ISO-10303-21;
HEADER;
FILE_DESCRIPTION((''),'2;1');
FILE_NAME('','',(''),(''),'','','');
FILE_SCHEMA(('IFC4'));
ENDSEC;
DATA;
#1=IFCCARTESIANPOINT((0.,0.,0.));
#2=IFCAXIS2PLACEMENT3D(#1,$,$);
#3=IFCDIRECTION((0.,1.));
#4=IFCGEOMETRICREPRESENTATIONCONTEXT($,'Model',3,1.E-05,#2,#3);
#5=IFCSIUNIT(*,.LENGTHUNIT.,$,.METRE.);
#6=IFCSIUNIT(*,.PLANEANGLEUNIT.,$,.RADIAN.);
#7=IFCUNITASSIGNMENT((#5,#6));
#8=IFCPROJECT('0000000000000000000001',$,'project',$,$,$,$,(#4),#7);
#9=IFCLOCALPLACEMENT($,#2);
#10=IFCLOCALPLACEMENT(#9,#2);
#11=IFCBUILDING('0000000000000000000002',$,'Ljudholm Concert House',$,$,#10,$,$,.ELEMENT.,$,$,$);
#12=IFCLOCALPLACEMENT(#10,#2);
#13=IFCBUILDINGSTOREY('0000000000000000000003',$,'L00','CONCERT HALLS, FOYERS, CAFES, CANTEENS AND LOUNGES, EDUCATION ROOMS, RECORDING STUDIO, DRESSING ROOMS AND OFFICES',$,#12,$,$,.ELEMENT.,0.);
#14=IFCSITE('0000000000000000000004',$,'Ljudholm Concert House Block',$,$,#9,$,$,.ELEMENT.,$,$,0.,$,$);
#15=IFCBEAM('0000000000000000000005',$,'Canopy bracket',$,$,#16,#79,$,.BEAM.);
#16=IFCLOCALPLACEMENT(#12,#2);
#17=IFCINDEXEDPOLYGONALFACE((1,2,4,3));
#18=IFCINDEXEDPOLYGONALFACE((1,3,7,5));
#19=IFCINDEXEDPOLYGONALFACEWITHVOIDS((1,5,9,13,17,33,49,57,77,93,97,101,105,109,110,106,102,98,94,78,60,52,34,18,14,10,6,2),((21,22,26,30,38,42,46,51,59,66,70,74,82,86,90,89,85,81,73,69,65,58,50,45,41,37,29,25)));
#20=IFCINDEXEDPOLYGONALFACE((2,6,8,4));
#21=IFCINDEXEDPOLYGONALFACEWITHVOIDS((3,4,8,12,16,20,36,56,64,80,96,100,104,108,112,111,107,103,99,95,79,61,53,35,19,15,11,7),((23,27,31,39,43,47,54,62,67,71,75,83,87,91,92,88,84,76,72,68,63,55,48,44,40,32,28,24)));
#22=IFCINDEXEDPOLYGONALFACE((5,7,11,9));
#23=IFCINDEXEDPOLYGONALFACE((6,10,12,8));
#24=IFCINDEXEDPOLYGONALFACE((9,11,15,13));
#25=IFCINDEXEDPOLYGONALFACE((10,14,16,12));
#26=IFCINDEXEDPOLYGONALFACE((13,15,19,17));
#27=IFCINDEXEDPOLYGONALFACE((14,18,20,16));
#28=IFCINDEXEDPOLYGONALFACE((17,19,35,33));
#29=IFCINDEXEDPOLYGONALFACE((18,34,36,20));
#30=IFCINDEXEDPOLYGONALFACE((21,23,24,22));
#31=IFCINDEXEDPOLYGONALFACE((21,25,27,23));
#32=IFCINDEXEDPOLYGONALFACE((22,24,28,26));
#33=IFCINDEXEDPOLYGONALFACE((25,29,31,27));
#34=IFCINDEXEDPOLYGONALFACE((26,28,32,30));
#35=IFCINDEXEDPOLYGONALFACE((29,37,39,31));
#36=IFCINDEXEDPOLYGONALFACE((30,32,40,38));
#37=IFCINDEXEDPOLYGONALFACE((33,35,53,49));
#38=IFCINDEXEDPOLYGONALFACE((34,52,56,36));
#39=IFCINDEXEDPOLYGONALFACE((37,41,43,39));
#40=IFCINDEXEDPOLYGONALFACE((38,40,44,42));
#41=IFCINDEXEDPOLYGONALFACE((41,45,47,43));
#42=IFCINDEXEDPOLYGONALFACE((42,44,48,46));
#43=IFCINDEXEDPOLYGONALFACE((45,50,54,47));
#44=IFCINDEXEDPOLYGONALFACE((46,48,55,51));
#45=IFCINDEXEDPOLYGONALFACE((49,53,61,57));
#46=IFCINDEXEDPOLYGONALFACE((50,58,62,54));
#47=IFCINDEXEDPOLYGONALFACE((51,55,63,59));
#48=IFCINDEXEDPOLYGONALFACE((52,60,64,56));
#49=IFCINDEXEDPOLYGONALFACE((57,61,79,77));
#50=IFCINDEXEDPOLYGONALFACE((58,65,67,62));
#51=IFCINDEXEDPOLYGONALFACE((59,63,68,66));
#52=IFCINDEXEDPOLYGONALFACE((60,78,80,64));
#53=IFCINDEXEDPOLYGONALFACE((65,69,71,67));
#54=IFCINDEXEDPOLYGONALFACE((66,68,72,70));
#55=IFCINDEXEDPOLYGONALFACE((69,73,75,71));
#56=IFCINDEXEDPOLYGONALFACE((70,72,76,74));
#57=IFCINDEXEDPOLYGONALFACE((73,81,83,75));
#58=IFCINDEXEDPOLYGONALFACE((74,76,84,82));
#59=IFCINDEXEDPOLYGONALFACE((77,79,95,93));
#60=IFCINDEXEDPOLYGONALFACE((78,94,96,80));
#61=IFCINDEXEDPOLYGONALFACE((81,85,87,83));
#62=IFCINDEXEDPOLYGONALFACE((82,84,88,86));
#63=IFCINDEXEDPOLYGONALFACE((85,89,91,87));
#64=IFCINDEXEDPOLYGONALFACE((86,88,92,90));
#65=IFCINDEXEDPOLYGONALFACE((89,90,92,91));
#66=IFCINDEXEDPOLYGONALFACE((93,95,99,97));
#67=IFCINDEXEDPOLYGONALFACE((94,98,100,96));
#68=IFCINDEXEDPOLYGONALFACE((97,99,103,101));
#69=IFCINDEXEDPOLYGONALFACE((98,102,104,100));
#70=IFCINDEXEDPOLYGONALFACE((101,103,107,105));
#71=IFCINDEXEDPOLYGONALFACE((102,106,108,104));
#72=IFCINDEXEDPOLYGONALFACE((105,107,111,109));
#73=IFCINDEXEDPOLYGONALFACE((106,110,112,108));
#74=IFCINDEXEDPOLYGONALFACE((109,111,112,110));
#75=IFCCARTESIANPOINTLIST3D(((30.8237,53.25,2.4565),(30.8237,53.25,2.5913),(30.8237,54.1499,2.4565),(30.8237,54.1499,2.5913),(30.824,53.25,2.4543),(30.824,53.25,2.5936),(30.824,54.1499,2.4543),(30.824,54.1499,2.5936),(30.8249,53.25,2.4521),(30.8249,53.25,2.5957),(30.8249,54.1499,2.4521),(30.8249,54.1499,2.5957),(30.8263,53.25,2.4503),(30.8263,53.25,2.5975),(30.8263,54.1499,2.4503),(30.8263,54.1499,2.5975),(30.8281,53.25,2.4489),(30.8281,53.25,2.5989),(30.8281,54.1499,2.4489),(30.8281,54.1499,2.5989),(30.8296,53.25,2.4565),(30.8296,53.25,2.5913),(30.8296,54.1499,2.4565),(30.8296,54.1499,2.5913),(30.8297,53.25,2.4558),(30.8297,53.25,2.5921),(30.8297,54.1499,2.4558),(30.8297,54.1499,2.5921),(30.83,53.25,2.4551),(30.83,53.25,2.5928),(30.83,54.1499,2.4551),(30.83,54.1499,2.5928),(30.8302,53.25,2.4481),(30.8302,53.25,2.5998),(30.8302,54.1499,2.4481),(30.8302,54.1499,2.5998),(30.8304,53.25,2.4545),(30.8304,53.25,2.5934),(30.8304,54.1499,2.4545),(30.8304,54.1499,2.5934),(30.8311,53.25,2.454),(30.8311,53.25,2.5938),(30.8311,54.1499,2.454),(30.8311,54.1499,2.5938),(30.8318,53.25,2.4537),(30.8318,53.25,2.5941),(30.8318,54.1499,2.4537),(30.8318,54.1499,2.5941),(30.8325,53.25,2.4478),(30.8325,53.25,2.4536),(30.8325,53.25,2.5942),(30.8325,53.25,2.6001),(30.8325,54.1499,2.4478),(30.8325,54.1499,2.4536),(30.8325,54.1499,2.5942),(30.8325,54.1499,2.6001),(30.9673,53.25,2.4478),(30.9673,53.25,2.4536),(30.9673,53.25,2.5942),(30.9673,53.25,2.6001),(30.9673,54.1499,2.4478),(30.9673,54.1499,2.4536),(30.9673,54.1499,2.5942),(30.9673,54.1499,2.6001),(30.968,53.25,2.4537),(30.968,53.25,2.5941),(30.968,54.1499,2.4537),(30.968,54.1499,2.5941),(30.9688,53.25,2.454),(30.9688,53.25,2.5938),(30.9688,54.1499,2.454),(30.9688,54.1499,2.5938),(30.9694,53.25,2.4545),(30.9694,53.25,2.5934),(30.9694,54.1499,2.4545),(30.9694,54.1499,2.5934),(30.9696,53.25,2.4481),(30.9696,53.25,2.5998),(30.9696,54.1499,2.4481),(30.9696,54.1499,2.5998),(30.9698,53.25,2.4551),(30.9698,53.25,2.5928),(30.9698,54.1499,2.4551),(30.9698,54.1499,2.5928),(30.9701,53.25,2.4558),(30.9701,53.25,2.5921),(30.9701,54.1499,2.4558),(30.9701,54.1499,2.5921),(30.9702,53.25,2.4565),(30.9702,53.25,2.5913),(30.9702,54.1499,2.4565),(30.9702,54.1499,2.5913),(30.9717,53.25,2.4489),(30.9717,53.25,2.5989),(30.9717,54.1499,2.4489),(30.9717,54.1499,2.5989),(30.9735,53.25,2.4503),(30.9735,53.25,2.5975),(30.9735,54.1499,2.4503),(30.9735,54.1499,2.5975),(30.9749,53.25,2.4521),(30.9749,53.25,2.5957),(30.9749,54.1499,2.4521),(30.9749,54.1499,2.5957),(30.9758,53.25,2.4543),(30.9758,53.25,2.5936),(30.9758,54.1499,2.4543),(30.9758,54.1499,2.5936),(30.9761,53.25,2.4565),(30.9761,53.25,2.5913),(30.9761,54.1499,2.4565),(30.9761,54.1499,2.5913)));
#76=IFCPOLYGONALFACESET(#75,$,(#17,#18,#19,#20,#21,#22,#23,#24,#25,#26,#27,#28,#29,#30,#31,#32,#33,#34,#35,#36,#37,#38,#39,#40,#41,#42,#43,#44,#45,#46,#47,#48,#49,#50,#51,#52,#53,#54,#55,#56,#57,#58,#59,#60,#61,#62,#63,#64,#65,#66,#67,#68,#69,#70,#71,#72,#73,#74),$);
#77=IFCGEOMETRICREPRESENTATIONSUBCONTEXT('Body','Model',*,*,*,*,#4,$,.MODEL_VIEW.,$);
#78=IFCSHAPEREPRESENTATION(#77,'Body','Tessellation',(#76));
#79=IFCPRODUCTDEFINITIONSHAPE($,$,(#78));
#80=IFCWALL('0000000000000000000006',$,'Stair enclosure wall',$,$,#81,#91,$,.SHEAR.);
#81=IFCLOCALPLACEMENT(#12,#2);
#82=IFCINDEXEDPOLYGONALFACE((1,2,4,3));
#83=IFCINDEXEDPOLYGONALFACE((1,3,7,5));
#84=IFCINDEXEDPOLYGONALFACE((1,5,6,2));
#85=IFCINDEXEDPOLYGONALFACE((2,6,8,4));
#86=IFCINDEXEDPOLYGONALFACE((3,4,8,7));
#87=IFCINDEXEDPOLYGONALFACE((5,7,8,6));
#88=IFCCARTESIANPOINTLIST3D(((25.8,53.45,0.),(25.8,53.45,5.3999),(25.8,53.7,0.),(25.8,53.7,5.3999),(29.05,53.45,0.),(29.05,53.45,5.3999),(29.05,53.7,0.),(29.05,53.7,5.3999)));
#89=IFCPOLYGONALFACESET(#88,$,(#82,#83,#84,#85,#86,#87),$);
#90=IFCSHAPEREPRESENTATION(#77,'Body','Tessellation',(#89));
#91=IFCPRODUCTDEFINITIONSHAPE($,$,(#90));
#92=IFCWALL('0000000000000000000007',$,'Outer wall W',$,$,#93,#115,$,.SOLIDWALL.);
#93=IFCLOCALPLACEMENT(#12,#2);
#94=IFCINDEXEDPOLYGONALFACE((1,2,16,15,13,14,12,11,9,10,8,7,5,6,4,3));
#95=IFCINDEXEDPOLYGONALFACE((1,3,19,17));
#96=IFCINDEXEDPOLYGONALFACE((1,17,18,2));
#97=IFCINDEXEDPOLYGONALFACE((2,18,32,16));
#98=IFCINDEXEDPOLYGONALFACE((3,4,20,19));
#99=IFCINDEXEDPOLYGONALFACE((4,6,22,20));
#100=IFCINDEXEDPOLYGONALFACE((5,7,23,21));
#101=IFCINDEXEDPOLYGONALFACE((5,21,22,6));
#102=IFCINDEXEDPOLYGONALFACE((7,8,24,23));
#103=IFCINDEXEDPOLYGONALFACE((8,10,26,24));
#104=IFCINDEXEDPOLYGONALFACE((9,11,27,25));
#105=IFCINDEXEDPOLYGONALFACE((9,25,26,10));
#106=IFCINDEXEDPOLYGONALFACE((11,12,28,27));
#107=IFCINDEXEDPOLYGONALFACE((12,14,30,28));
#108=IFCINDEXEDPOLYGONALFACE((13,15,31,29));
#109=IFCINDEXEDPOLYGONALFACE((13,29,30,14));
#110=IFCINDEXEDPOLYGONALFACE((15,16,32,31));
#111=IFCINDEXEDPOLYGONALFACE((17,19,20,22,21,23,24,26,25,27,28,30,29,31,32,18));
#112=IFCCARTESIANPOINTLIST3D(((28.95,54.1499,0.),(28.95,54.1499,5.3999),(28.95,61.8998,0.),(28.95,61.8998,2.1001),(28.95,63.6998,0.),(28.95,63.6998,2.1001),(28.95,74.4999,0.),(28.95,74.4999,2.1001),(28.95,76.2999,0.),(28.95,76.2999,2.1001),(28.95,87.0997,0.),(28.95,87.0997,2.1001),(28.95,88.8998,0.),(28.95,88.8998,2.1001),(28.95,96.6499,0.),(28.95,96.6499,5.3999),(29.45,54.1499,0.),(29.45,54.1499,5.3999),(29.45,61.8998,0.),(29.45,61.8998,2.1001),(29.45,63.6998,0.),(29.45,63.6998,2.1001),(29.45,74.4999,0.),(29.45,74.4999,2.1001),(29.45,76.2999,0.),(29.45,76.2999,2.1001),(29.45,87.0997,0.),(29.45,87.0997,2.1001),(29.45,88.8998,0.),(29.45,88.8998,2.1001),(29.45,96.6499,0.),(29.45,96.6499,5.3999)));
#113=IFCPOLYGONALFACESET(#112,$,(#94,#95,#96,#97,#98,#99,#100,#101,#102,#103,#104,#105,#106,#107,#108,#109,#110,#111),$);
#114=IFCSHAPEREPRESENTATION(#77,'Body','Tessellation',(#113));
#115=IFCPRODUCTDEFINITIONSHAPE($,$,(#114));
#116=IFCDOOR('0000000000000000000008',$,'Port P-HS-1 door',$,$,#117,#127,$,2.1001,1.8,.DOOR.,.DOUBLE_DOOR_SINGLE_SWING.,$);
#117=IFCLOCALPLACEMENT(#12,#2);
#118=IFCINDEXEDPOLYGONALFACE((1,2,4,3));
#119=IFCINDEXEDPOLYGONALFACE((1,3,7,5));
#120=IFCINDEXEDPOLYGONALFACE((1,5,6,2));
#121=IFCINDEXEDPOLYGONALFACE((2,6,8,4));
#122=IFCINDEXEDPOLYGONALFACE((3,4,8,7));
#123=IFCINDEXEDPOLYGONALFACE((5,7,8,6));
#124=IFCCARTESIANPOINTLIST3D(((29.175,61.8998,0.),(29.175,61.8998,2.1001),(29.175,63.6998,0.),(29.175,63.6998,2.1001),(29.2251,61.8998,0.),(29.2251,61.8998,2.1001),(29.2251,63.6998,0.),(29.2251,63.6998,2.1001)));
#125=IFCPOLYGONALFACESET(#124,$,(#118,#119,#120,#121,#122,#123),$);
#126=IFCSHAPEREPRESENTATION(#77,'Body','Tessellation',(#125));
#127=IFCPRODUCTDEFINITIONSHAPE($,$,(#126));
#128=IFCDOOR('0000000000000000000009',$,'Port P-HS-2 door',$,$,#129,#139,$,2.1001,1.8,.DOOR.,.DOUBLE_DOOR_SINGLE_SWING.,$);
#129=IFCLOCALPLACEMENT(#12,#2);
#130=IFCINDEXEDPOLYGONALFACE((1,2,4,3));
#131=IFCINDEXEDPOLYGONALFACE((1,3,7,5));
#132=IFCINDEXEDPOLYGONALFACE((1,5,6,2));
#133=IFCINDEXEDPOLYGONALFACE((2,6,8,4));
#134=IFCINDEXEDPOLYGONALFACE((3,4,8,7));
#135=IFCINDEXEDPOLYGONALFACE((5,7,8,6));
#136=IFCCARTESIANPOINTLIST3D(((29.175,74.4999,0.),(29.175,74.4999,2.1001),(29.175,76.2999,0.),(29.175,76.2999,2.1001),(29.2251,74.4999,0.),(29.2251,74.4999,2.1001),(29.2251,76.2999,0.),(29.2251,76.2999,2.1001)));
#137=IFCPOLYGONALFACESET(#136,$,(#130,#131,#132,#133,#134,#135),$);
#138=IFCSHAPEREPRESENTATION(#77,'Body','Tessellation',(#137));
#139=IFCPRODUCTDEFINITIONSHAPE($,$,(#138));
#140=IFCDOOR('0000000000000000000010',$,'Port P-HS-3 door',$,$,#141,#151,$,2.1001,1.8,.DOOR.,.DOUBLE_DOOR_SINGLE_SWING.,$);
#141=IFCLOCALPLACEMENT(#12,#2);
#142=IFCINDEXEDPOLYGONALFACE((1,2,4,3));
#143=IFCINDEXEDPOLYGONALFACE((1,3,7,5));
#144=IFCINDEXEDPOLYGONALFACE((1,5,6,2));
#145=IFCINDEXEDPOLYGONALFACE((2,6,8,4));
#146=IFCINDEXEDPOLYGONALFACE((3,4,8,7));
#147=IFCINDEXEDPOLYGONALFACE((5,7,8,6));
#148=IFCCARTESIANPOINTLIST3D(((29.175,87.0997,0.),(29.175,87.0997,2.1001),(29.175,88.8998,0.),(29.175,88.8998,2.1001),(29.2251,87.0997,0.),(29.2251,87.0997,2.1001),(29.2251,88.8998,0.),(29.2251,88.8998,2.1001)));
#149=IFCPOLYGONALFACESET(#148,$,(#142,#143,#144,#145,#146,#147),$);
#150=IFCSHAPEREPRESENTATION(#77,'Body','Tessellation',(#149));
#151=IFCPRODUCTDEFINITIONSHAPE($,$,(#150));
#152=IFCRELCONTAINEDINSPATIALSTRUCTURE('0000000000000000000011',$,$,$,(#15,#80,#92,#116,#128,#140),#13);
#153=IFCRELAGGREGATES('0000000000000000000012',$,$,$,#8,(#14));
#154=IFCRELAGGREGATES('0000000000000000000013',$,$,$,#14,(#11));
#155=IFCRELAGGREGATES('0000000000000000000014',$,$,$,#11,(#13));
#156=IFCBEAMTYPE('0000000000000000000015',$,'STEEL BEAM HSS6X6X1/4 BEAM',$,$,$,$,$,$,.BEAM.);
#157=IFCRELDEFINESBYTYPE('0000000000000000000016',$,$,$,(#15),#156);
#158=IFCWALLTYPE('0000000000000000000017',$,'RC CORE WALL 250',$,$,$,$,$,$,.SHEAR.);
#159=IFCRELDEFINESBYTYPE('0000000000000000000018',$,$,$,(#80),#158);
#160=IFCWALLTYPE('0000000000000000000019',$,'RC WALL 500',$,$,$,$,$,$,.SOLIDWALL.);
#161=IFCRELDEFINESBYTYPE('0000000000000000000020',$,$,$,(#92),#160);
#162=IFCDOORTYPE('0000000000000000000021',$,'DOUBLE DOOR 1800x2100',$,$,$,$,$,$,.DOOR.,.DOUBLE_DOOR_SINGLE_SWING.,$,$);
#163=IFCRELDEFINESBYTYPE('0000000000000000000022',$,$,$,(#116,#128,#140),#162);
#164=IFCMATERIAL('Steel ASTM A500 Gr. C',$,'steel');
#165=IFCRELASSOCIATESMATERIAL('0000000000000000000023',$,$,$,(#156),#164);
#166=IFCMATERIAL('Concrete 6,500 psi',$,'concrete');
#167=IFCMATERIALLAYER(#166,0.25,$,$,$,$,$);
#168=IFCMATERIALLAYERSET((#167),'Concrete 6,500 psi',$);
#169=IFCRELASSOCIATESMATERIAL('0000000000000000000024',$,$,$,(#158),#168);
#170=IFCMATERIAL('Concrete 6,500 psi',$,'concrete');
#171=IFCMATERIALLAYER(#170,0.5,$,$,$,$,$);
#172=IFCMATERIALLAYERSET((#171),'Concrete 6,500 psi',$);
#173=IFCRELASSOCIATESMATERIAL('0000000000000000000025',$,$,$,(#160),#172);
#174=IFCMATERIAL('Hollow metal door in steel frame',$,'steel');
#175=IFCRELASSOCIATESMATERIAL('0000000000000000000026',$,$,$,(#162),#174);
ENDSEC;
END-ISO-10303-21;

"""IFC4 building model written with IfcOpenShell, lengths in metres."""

from ifc_helpers import new_model, si_unit, direction, frame, frame_2d, origin, origin_2d, place, context, subcontext, project, spatial, rectangle, hollow_rectangle, extrude, material, layer, layer_set, material_profile, profile_set, type_object, element, fill, save


model = new_model("IFC4")

# Units and contexts
model_context = context("Model", 3, precision=1e-05, world=origin(), true_north=direction((0.0, 1.0)))
body_context = subcontext(model_context, "Body", "Model", "MODEL_VIEW")
ifc_project = project(units=[si_unit("LENGTHUNIT", "METRE"), si_unit("PLANEANGLEUNIT", "RADIAN")], contexts=[model_context])

# Site, building, storey
site_placement = place(None, origin())
site = spatial("IfcSite", under=ifc_project, at=site_placement, Name="Ljudholm Concert House Block", CompositionType="ELEMENT", RefElevation=0.0)
building_placement = place(site_placement, origin())
building = spatial("IfcBuilding", under=site, at=building_placement, Name="Ljudholm Concert House", CompositionType="ELEMENT")
storey_placement = place(building_placement, origin())
storey = spatial("IfcBuildingStorey", under=building, at=storey_placement, Name="L00", Description="CONCERT HALLS, FOYERS, CAFES, CANTEENS AND LOUNGES, EDUCATION ROOMS, RECORDING STUDIO, DRESSING ROOMS AND OFFICES", CompositionType="ELEMENT", Elevation=0.0)

# Beam
ifc_material_1 = material(Name="Steel ASTM A500 Gr. C", Category="steel")
ifc_material_profile_1 = material_profile(ifc_material_1, hollow_rectangle(XDim=0.1523, YDim=0.1523, WallThickness=0.0059, InnerFilletRadius=0.0029, OuterFilletRadius=0.0088, at=origin_2d()), Name="HSS6X6X1/4")
ifc_profile_set_1 = profile_set([ifc_material_profile_1], Name="Steel ASTM A500 Gr. C")
beam_type = type_object("IfcBeamType", Name="STEEL BEAM HSS6X6X1/4 BEAM", PredefinedType="BEAM", material=ifc_profile_set_1)
for number, where, z_axis, x_axis, name in (
    (1, (30.8999, 53.25, 2.5239), (0.0, 1.0, 0.0), (-1.0, 0.0, 0.0), "Canopy bracket"),
):
    element("IfcBeam", number, at=place(storey_placement, frame(where, z_axis=z_axis, x_axis=x_axis)), inside=storey, type_object=beam_type, Name=name, PredefinedType="BEAM", context=body_context, shape_type="SweptSolid", body=[
        extrude(hollow_rectangle(XDim=0.1523, YDim=0.1523, WallThickness=0.0059, InnerFilletRadius=0.0029, OuterFilletRadius=0.0088, at=origin_2d()), origin(), (0.0, 0.0, 1.0), 0.8999),
    ])

# Wall
ifc_material_2 = material(Name="Concrete 6,500 psi", Category="concrete")
ifc_layer_1 = layer(ifc_material_2, 0.25)
ifc_layer_set_1 = layer_set([ifc_layer_1], Name="Concrete 6,500 psi")
wall_type_1 = type_object("IfcWallType", Name="RC CORE WALL 250", PredefinedType="SHEAR", material=ifc_layer_set_1)
wall_1_placement = place(storey_placement, frame((25.8, 53.575, 0.0), z_axis=(0.0, 0.0, 1.0), x_axis=(1.0, 0.0, 0.0)))
element("IfcWall", 2, at=wall_1_placement, inside=storey, type_object=wall_type_1, Name="Stair enclosure wall", PredefinedType="SHEAR", context=body_context, shape_type="SweptSolid", body=[
    extrude(rectangle(XDim=3.25, YDim=0.25, at=frame_2d((1.625, 0.0))), origin(), (0.0, 0.0, 1.0), 5.3999),
])

# Wall, openings, doors
ifc_material_3 = material(Name="Concrete 6,500 psi", Category="concrete")
ifc_layer_2 = layer(ifc_material_3, 0.5)
ifc_layer_set_2 = layer_set([ifc_layer_2], Name="Concrete 6,500 psi")
wall_type_2 = type_object("IfcWallType", Name="RC WALL 500", PredefinedType="SOLIDWALL", material=ifc_layer_set_2)
wall_2_placement = place(storey_placement, frame((29.2, 54.1499, 0.0), z_axis=(0.0, 0.0, 1.0), x_axis=(0.0, 1.0, 0.0)))
wall_2 = element("IfcWall", 3, at=wall_2_placement, inside=storey, type_object=wall_type_2, Name="Outer wall W", PredefinedType="SOLIDWALL", context=body_context, shape_type="SweptSolid", body=[
    extrude(rectangle(XDim=42.5, YDim=0.5, at=frame_2d((21.25, 0.0))), origin(), (0.0, 0.0, 1.0), 5.3999),
])
opening_1_placement = place(wall_2_placement, frame((7.75, 0.0, 0.0)))
opening_1 = element("IfcOpeningElement", 4, at=opening_1_placement, cuts=wall_2, PredefinedType="OPENING", context=body_context, shape_type="SweptSolid", body=[
    extrude(rectangle(XDim=1.8, YDim=2.1001, at=frame_2d((0.8999, 1.05))), frame((0.0, 0.26, 0.0), z_axis=(0.0, -1.0, 0.0), x_axis=(1.0, 0.0, 0.0)), (0.0, 0.0, 1.0), 0.52),
])
opening_2_placement = place(wall_2_placement, frame((20.3501, 0.0, 0.0)))
opening_2 = element("IfcOpeningElement", 5, at=opening_2_placement, cuts=wall_2, PredefinedType="OPENING", context=body_context, shape_type="SweptSolid", body=[
    extrude(rectangle(XDim=1.8, YDim=2.1001, at=frame_2d((0.8999, 1.05))), frame((0.0, 0.26, 0.0), z_axis=(0.0, -1.0, 0.0), x_axis=(1.0, 0.0, 0.0)), (0.0, 0.0, 1.0), 0.52),
])
opening_3_placement = place(wall_2_placement, frame((32.95, 0.0, 0.0)))
opening_3 = element("IfcOpeningElement", 6, at=opening_3_placement, cuts=wall_2, PredefinedType="OPENING", context=body_context, shape_type="SweptSolid", body=[
    extrude(rectangle(XDim=1.8, YDim=2.1001, at=frame_2d((0.8999, 1.05))), frame((0.0, 0.26, 0.0), z_axis=(0.0, -1.0, 0.0), x_axis=(1.0, 0.0, 0.0)), (0.0, 0.0, 1.0), 0.52),
])
ifc_material_4 = material(Name="Hollow metal door in steel frame", Category="steel")
door_type_1 = type_object("IfcDoorType", Name="DOUBLE DOOR 1800x2100", OperationType="DOUBLE_DOOR_SINGLE_SWING", PredefinedType="DOOR", material=ifc_material_4)
door_1_placement = place(opening_1_placement, origin())
door_1 = element("IfcDoor", 7, at=door_1_placement, inside=storey, type_object=door_type_1, Name="Port P-HS-1 door", OperationType="DOUBLE_DOOR_SINGLE_SWING", OverallHeight=2.1001, OverallWidth=1.8, PredefinedType="DOOR", context=body_context, shape_type="SweptSolid", body=[
    extrude(rectangle(XDim=1.8, YDim=2.1001, at=frame_2d((0.8999, 1.05))), frame((0.0, 0.0249, 0.0), z_axis=(0.0, -1.0, 0.0), x_axis=(1.0, 0.0, 0.0)), (0.0, 0.0, 1.0), 0.05),
])
fill(opening_1, door_1)
door_2_placement = place(opening_2_placement, origin())
door_2 = element("IfcDoor", 8, at=door_2_placement, inside=storey, type_object=door_type_1, Name="Port P-HS-2 door", OperationType="DOUBLE_DOOR_SINGLE_SWING", OverallHeight=2.1001, OverallWidth=1.8, PredefinedType="DOOR", context=body_context, shape_type="SweptSolid", body=[
    extrude(rectangle(XDim=1.8, YDim=2.1001, at=frame_2d((0.8999, 1.05))), frame((0.0, 0.0249, 0.0), z_axis=(0.0, -1.0, 0.0), x_axis=(1.0, 0.0, 0.0)), (0.0, 0.0, 1.0), 0.05),
])
fill(opening_2, door_2)
door_3_placement = place(opening_3_placement, origin())
door_3 = element("IfcDoor", 9, at=door_3_placement, inside=storey, type_object=door_type_1, Name="Port P-HS-3 door", OperationType="DOUBLE_DOOR_SINGLE_SWING", OverallHeight=2.1001, OverallWidth=1.8, PredefinedType="DOOR", context=body_context, shape_type="SweptSolid", body=[
    extrude(rectangle(XDim=1.8, YDim=2.1001, at=frame_2d((0.8999, 1.05))), frame((0.0, 0.0249, 0.0), z_axis=(0.0, -1.0, 0.0), x_axis=(1.0, 0.0, 0.0)), (0.0, 0.0, 1.0), 0.05),
])
fill(opening_3, door_3)

save(model, "model.ifc")
